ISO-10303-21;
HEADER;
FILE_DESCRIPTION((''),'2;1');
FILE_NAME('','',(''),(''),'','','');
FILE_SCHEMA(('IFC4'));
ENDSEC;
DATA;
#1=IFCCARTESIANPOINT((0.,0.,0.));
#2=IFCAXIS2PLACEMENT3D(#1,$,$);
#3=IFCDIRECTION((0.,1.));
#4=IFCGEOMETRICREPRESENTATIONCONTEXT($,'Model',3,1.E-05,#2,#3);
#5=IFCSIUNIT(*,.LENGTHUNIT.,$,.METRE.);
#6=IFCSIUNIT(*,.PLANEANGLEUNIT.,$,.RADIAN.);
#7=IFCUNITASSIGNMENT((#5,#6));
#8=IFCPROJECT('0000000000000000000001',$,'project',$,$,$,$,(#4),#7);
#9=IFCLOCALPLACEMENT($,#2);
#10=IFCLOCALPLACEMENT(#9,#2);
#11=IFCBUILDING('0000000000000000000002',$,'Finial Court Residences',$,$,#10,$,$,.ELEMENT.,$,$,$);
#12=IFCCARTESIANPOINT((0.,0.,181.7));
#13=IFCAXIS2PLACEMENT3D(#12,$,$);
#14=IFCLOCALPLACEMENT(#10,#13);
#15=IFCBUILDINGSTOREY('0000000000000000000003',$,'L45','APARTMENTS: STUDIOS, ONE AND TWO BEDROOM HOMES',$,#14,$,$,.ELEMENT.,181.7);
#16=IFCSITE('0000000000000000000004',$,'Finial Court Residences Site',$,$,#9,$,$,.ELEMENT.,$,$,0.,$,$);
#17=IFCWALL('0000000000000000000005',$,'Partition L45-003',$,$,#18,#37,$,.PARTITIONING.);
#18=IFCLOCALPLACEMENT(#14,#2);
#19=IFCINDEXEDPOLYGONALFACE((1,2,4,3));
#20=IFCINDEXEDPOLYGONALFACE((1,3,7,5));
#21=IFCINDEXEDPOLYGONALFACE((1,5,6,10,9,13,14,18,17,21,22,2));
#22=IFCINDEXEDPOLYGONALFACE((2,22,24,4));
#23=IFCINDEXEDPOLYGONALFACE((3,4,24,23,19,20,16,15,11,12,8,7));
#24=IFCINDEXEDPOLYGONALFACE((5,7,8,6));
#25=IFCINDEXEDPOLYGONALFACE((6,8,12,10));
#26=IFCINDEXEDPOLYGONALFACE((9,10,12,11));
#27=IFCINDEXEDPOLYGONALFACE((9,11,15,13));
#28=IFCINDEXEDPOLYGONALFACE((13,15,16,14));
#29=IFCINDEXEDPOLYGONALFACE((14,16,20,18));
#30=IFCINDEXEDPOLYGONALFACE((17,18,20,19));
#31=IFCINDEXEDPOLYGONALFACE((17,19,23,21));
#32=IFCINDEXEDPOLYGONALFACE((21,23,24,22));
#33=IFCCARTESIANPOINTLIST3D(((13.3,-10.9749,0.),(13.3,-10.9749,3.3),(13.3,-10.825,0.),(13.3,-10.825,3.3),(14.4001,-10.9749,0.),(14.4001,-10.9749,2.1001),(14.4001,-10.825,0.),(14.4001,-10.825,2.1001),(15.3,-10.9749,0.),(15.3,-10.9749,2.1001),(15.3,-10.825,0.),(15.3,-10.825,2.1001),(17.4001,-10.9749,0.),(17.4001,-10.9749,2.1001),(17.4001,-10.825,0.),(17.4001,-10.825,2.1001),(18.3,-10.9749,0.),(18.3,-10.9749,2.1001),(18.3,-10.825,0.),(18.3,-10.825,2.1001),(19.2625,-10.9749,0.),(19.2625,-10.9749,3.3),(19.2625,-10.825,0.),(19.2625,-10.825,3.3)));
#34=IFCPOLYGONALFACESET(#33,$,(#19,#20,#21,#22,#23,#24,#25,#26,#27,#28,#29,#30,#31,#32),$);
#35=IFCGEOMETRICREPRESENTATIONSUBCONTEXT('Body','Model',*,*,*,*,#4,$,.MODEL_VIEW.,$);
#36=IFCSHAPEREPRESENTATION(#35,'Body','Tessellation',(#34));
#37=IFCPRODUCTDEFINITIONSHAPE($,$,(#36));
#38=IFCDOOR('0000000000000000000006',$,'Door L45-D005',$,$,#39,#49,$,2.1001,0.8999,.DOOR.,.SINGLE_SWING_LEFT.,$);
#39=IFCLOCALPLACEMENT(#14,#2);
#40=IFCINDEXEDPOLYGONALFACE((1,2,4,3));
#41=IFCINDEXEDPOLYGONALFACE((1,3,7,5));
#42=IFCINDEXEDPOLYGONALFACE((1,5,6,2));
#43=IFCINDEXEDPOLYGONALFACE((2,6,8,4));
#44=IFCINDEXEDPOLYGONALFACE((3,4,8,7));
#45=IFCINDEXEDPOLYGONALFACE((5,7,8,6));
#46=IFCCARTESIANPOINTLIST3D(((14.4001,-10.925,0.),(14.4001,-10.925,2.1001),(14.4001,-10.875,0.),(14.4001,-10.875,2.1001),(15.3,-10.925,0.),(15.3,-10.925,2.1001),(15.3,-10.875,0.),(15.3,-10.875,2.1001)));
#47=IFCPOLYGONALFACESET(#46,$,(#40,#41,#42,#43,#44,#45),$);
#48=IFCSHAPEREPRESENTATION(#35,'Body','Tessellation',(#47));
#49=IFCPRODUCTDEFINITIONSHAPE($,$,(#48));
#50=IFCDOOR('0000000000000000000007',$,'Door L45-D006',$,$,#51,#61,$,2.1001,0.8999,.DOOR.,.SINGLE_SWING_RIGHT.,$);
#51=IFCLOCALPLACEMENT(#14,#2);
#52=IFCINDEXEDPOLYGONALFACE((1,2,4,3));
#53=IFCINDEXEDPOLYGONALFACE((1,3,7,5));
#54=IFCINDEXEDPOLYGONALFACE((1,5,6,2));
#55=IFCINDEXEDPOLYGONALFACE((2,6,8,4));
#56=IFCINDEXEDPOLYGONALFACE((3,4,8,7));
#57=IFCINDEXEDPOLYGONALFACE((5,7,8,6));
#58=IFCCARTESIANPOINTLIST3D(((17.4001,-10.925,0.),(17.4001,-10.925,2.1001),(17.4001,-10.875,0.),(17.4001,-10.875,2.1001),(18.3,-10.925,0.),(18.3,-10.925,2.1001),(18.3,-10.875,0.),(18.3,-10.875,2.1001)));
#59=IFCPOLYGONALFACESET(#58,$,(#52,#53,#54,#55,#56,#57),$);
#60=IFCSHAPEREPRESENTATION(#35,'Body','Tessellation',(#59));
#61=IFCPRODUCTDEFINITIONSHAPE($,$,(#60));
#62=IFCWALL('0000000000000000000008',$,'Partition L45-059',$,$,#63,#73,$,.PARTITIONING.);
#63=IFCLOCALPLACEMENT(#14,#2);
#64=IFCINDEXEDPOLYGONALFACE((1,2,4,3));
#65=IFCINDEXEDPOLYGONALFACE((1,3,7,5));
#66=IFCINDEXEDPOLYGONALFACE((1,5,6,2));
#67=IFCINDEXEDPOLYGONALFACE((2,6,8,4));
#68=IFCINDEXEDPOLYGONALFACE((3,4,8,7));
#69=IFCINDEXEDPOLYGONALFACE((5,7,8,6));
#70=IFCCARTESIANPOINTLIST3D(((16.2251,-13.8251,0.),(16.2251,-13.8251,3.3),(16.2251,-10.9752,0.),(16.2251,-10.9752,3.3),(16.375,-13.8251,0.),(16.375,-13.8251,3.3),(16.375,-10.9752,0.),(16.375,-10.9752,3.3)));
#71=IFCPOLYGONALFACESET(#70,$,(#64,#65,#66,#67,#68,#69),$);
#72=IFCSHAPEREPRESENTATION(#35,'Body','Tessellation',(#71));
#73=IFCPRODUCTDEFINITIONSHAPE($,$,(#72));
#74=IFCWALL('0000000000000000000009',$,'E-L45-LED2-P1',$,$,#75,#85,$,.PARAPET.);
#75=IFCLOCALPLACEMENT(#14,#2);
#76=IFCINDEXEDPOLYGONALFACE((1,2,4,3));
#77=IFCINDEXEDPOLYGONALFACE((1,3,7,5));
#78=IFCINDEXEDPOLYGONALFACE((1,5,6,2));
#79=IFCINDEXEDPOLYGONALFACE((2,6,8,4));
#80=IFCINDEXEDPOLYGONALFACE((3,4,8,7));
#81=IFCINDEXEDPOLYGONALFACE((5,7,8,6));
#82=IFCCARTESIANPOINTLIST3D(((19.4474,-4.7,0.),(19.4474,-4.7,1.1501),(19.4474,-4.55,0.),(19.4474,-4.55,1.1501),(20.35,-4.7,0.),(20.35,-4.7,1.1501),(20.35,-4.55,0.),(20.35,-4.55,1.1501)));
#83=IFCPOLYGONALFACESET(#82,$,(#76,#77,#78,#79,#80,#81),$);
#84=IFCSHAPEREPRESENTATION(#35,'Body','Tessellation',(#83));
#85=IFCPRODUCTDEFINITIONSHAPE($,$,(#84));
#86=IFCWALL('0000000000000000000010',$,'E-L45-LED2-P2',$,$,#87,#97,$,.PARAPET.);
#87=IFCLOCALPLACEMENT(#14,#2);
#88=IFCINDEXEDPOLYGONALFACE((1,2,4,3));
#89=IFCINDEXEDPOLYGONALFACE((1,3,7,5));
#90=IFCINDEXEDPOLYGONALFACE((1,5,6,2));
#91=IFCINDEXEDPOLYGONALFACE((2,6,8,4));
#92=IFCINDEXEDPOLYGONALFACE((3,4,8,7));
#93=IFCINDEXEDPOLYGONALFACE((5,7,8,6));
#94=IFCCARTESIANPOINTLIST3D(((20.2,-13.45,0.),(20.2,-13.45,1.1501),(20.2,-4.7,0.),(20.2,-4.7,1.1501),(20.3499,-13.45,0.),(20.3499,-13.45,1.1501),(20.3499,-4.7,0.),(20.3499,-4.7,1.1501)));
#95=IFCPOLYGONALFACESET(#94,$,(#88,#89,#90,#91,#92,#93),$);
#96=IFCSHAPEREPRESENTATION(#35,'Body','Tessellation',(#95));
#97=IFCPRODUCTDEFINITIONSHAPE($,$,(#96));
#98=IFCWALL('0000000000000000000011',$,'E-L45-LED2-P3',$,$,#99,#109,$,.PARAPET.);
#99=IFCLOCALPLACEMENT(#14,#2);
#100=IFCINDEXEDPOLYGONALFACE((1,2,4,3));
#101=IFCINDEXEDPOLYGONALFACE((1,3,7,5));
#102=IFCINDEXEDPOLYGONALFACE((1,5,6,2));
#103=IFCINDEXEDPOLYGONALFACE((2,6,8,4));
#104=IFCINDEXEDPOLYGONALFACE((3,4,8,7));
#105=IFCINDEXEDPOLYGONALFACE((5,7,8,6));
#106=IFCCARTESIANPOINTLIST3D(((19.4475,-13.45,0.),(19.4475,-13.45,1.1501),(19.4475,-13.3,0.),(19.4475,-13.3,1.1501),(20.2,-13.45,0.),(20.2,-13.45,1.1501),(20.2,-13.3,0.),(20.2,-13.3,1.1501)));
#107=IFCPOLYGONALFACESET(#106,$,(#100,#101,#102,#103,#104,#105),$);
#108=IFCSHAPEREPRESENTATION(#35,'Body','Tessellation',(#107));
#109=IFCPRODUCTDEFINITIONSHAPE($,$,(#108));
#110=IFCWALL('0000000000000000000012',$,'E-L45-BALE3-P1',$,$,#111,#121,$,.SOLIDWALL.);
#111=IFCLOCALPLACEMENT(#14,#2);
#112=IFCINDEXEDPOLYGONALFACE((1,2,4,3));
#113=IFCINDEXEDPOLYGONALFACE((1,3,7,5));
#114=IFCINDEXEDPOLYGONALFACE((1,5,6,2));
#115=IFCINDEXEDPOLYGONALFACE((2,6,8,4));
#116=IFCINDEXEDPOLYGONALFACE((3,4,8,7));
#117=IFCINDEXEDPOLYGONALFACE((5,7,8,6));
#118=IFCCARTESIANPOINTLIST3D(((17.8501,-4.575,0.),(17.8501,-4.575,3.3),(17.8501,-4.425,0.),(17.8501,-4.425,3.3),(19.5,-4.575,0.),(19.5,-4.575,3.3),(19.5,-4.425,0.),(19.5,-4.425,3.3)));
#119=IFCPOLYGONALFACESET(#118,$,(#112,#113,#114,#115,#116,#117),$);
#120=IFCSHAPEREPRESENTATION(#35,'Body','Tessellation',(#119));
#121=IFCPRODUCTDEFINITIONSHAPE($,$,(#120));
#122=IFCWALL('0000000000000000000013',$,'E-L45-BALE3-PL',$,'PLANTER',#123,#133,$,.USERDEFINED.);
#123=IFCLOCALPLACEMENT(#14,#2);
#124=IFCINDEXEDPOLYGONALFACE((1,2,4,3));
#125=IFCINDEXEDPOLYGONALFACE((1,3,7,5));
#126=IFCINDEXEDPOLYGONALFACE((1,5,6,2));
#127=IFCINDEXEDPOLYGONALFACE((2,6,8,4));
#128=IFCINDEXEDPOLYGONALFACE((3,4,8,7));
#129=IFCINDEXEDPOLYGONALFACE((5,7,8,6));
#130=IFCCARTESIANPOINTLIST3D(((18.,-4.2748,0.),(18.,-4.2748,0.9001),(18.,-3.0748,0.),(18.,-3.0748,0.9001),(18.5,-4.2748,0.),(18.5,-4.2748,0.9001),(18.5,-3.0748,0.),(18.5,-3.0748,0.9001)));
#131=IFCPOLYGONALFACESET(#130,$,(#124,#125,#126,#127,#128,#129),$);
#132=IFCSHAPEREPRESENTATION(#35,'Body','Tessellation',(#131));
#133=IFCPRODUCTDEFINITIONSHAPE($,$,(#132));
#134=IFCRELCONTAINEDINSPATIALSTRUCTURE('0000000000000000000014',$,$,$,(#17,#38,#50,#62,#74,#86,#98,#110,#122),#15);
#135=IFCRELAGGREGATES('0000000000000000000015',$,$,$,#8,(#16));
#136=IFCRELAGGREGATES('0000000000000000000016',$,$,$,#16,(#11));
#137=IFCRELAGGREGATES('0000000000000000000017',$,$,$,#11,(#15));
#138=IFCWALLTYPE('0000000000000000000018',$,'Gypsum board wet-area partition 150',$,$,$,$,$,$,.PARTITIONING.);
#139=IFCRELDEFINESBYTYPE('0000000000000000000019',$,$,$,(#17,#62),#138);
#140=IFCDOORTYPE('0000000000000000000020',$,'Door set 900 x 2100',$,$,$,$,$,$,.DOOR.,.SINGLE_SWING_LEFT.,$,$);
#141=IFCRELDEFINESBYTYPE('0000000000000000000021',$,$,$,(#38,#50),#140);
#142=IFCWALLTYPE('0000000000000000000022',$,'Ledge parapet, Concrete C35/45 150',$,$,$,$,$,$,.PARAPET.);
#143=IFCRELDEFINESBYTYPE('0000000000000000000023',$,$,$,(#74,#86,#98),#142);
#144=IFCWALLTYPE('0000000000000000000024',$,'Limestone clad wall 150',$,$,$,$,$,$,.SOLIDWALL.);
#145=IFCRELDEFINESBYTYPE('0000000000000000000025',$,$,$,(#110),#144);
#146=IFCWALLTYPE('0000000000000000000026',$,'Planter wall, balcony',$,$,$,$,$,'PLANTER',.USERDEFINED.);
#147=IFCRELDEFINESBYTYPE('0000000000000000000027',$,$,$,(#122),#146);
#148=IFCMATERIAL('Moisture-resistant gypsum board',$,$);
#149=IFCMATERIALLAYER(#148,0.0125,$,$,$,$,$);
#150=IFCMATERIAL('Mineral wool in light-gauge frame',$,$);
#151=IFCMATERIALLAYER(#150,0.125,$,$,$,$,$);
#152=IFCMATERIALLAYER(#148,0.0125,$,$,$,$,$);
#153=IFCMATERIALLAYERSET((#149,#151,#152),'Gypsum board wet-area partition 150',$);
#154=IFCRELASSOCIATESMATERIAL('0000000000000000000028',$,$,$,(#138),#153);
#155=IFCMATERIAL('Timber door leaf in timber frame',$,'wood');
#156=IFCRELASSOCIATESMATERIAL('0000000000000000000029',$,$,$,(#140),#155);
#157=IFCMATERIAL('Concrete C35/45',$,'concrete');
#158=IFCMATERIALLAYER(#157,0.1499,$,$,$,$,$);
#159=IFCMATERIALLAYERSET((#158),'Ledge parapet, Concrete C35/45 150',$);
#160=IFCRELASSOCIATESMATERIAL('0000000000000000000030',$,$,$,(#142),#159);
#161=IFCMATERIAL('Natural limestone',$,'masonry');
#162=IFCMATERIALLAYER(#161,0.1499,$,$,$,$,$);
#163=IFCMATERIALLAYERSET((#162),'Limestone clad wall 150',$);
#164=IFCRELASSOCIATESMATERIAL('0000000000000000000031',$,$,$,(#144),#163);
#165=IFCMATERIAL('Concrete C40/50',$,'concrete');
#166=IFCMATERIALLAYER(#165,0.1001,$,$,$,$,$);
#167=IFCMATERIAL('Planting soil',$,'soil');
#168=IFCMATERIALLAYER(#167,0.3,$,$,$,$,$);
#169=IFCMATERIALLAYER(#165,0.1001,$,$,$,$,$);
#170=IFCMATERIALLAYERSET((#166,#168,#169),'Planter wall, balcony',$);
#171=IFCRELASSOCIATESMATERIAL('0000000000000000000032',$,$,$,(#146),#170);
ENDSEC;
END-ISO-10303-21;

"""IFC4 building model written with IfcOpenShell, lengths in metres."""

from ifc_helpers import new_model, si_unit, direction, frame, frame_2d, origin, place, context, subcontext, project, spatial, rectangle, extrude, material, layer, layer_set, type_object, element, fill, save


model = new_model("IFC4")

# Units and contexts
model_context = context("Model", 3, precision=1e-05, world=origin(), true_north=direction((0.0, 1.0)))
body_context = subcontext(model_context, "Body", "Model", "MODEL_VIEW")
ifc_project = project(units=[si_unit("LENGTHUNIT", "METRE"), si_unit("PLANEANGLEUNIT", "RADIAN")], contexts=[model_context])

# Site, building, storey
site_placement = place(None, origin())
site = spatial("IfcSite", under=ifc_project, at=site_placement, Name="Finial Court Residences Site", CompositionType="ELEMENT", RefElevation=0.0)
building_placement = place(site_placement, origin())
building = spatial("IfcBuilding", under=site, at=building_placement, Name="Finial Court Residences", CompositionType="ELEMENT")
storey_placement = place(building_placement, frame((0.0, 0.0, 181.7)))
storey = spatial("IfcBuildingStorey", under=building, at=storey_placement, Name="L45", Description="APARTMENTS: STUDIOS, ONE AND TWO BEDROOM HOMES", CompositionType="ELEMENT", Elevation=181.7)

# Wall, openings, doors
ifc_material_1 = material(Name="Moisture-resistant gypsum board")
ifc_layer_1 = layer(ifc_material_1, 0.0125)
ifc_material_2 = material(Name="Mineral wool in light-gauge frame")
ifc_layer_2 = layer(ifc_material_2, 0.125)
ifc_layer_3 = layer(ifc_material_1, 0.0125)
ifc_layer_set_1 = layer_set([ifc_layer_1, ifc_layer_2, ifc_layer_3], Name="Gypsum board wet-area partition 150")
wall_type_1 = type_object("IfcWallType", Name="Gypsum board wet-area partition 150", PredefinedType="PARTITIONING", material=ifc_layer_set_1)
wall_1_placement = place(storey_placement, frame((13.3, -10.8999, 0.0), z_axis=(0.0, 0.0, 1.0), x_axis=(1.0, 0.0, 0.0)))
wall_1 = element("IfcWall", 1, at=wall_1_placement, inside=storey, type_object=wall_type_1, Name="Partition L45-003", PredefinedType="PARTITIONING", context=body_context, shape_type="SweptSolid", body=[
    extrude(rectangle(XDim=5.9624, YDim=0.1499, at=frame_2d((2.9812, 0.0))), origin(), (0.0, 0.0, 1.0), 3.3),
])
opening_1_placement = place(wall_1_placement, frame((1.1001, 0.0, 0.0)))
opening_1 = element("IfcOpeningElement", 2, at=opening_1_placement, cuts=wall_1, PredefinedType="OPENING", context=body_context, shape_type="SweptSolid", body=[
    extrude(rectangle(XDim=0.8999, YDim=2.1001, at=frame_2d((0.45, 1.05))), frame((0.0, 0.085, 0.0), z_axis=(0.0, -1.0, 0.0), x_axis=(1.0, 0.0, 0.0)), (0.0, 0.0, 1.0), 0.1699),
])
opening_2_placement = place(wall_1_placement, frame((4.1001, 0.0, 0.0)))
opening_2 = element("IfcOpeningElement", 3, at=opening_2_placement, cuts=wall_1, PredefinedType="OPENING", context=body_context, shape_type="SweptSolid", body=[
    extrude(rectangle(XDim=0.8999, YDim=2.1001, at=frame_2d((0.45, 1.05))), frame((0.0, 0.085, 0.0), z_axis=(0.0, -1.0, 0.0), x_axis=(1.0, 0.0, 0.0)), (0.0, 0.0, 1.0), 0.1699),
])
ifc_material_3 = material(Name="Timber door leaf in timber frame", Category="wood")
door_type_1 = type_object("IfcDoorType", Name="Door set 900 x 2100", OperationType="SINGLE_SWING_LEFT", PredefinedType="DOOR", material=ifc_material_3)
door_1_placement = place(opening_1_placement, origin())
door_1 = element("IfcDoor", 4, at=door_1_placement, inside=storey, type_object=door_type_1, Name="Door L45-D005", OperationType="SINGLE_SWING_LEFT", OverallHeight=2.1001, OverallWidth=0.8999, PredefinedType="DOOR", context=body_context, shape_type="SweptSolid", body=[
    extrude(rectangle(XDim=0.8999, YDim=2.1001, at=frame_2d((0.45, 1.05))), frame((0.0, 0.0249, 0.0), z_axis=(0.0, -1.0, 0.0), x_axis=(1.0, 0.0, 0.0)), (0.0, 0.0, 1.0), 0.05),
])
fill(opening_1, door_1)
door_2_placement = place(opening_2_placement, origin())
door_2 = element("IfcDoor", 5, at=door_2_placement, inside=storey, type_object=door_type_1, Name="Door L45-D006", OperationType="SINGLE_SWING_RIGHT", OverallHeight=2.1001, OverallWidth=0.8999, PredefinedType="DOOR", context=body_context, shape_type="SweptSolid", body=[
    extrude(rectangle(XDim=0.8999, YDim=2.1001, at=frame_2d((0.45, 1.05))), frame((0.0, 0.0249, 0.0), z_axis=(0.0, -1.0, 0.0), x_axis=(1.0, 0.0, 0.0)), (0.0, 0.0, 1.0), 0.05),
])
fill(opening_2, door_2)

# Walls
wall_2_placement = place(storey_placement, frame((16.3, -13.825, 0.0), z_axis=(0.0, 0.0, 1.0), x_axis=(0.0, 1.0, 0.0)))
element("IfcWall", 6, at=wall_2_placement, inside=storey, type_object=wall_type_1, Name="Partition L45-059", PredefinedType="PARTITIONING", context=body_context, shape_type="SweptSolid", body=[
    extrude(rectangle(XDim=2.8499, YDim=0.1499, at=frame_2d((1.4248, 0.0))), origin(), (0.0, 0.0, 1.0), 3.3),
])
ifc_material_4 = material(Name="Concrete C35/45", Category="concrete")
ifc_layer_4 = layer(ifc_material_4, 0.1499)
ifc_layer_set_2 = layer_set([ifc_layer_4], Name="Ledge parapet, Concrete C35/45 150")
wall_type_2 = type_object("IfcWallType", Name="Ledge parapet, Concrete C35/45 150", PredefinedType="PARAPET", material=ifc_layer_set_2)
wall_3_placement = place(storey_placement, frame((19.4475, -4.625, 0.0), z_axis=(0.0, 0.0, 1.0), x_axis=(1.0, 0.0, 0.0)))
element("IfcWall", 7, at=wall_3_placement, inside=storey, type_object=wall_type_2, Name="E-L45-LED2-P1", PredefinedType="PARAPET", context=body_context, shape_type="SweptSolid", body=[
    extrude(rectangle(XDim=0.9026, YDim=0.1499, at=frame_2d((0.4512, 0.0))), origin(), (0.0, 0.0, 1.0), 1.1501),
])
wall_4_placement = place(storey_placement, frame((20.2749, -4.7, 0.0), z_axis=(0.0, 0.0, 1.0), x_axis=(0.0, -1.0, 0.0)))
element("IfcWall", 8, at=wall_4_placement, inside=storey, type_object=wall_type_2, Name="E-L45-LED2-P2", PredefinedType="PARAPET", context=body_context, shape_type="SweptSolid", body=[
    extrude(rectangle(XDim=8.75, YDim=0.1499, at=frame_2d((4.375, 0.0))), origin(), (0.0, 0.0, 1.0), 1.1501),
])
wall_5_placement = place(storey_placement, frame((20.2, -13.375, 0.0), z_axis=(0.0, 0.0, 1.0), x_axis=(-1.0, 0.0, 0.0)))
element("IfcWall", 9, at=wall_5_placement, inside=storey, type_object=wall_type_2, Name="E-L45-LED2-P3", PredefinedType="PARAPET", context=body_context, shape_type="SweptSolid", body=[
    extrude(rectangle(XDim=0.7524, YDim=0.1499, at=frame_2d((0.3762, 0.0))), origin(), (0.0, 0.0, 1.0), 1.1501),
])
ifc_material_5 = material(Name="Natural limestone", Category="masonry")
ifc_layer_5 = layer(ifc_material_5, 0.1499)
ifc_layer_set_3 = layer_set([ifc_layer_5], Name="Limestone clad wall 150")
wall_type_3 = type_object("IfcWallType", Name="Limestone clad wall 150", PredefinedType="SOLIDWALL", material=ifc_layer_set_3)
wall_6_placement = place(storey_placement, frame((17.8501, -4.5, 0.0), z_axis=(0.0, 0.0, 1.0), x_axis=(1.0, 0.0, 0.0)))
element("IfcWall", 10, at=wall_6_placement, inside=storey, type_object=wall_type_3, Name="E-L45-BALE3-P1", PredefinedType="SOLIDWALL", context=body_context, shape_type="SweptSolid", body=[
    extrude(rectangle(XDim=1.6499, YDim=0.1499, at=frame_2d((0.825, 0.0))), origin(), (0.0, 0.0, 1.0), 3.3),
])
ifc_material_6 = material(Name="Concrete C40/50", Category="concrete")
ifc_layer_6 = layer(ifc_material_6, 0.1001)
ifc_material_7 = material(Name="Planting soil", Category="soil")
ifc_layer_7 = layer(ifc_material_7, 0.3)
ifc_layer_8 = layer(ifc_material_6, 0.1001)
ifc_layer_set_4 = layer_set([ifc_layer_6, ifc_layer_7, ifc_layer_8], Name="Planter wall, balcony")
wall_type_4 = type_object("IfcWallType", Name="Planter wall, balcony", ElementType="PLANTER", PredefinedType="USERDEFINED", material=ifc_layer_set_4)
wall_7_placement = place(storey_placement, frame((18.25, -4.2749, 0.0), z_axis=(0.0, 0.0, 1.0), x_axis=(0.0, 1.0, 0.0)))
element("IfcWall", 11, at=wall_7_placement, inside=storey, type_object=wall_type_4, Name="E-L45-BALE3-PL", ObjectType="PLANTER", PredefinedType="USERDEFINED", context=body_context, shape_type="SweptSolid", body=[
    extrude(rectangle(XDim=1.2, YDim=0.5, at=frame_2d((0.6001, 0.0))), origin(), (0.0, 0.0, 1.0), 0.9001),
])

save(model, "model.ifc")
